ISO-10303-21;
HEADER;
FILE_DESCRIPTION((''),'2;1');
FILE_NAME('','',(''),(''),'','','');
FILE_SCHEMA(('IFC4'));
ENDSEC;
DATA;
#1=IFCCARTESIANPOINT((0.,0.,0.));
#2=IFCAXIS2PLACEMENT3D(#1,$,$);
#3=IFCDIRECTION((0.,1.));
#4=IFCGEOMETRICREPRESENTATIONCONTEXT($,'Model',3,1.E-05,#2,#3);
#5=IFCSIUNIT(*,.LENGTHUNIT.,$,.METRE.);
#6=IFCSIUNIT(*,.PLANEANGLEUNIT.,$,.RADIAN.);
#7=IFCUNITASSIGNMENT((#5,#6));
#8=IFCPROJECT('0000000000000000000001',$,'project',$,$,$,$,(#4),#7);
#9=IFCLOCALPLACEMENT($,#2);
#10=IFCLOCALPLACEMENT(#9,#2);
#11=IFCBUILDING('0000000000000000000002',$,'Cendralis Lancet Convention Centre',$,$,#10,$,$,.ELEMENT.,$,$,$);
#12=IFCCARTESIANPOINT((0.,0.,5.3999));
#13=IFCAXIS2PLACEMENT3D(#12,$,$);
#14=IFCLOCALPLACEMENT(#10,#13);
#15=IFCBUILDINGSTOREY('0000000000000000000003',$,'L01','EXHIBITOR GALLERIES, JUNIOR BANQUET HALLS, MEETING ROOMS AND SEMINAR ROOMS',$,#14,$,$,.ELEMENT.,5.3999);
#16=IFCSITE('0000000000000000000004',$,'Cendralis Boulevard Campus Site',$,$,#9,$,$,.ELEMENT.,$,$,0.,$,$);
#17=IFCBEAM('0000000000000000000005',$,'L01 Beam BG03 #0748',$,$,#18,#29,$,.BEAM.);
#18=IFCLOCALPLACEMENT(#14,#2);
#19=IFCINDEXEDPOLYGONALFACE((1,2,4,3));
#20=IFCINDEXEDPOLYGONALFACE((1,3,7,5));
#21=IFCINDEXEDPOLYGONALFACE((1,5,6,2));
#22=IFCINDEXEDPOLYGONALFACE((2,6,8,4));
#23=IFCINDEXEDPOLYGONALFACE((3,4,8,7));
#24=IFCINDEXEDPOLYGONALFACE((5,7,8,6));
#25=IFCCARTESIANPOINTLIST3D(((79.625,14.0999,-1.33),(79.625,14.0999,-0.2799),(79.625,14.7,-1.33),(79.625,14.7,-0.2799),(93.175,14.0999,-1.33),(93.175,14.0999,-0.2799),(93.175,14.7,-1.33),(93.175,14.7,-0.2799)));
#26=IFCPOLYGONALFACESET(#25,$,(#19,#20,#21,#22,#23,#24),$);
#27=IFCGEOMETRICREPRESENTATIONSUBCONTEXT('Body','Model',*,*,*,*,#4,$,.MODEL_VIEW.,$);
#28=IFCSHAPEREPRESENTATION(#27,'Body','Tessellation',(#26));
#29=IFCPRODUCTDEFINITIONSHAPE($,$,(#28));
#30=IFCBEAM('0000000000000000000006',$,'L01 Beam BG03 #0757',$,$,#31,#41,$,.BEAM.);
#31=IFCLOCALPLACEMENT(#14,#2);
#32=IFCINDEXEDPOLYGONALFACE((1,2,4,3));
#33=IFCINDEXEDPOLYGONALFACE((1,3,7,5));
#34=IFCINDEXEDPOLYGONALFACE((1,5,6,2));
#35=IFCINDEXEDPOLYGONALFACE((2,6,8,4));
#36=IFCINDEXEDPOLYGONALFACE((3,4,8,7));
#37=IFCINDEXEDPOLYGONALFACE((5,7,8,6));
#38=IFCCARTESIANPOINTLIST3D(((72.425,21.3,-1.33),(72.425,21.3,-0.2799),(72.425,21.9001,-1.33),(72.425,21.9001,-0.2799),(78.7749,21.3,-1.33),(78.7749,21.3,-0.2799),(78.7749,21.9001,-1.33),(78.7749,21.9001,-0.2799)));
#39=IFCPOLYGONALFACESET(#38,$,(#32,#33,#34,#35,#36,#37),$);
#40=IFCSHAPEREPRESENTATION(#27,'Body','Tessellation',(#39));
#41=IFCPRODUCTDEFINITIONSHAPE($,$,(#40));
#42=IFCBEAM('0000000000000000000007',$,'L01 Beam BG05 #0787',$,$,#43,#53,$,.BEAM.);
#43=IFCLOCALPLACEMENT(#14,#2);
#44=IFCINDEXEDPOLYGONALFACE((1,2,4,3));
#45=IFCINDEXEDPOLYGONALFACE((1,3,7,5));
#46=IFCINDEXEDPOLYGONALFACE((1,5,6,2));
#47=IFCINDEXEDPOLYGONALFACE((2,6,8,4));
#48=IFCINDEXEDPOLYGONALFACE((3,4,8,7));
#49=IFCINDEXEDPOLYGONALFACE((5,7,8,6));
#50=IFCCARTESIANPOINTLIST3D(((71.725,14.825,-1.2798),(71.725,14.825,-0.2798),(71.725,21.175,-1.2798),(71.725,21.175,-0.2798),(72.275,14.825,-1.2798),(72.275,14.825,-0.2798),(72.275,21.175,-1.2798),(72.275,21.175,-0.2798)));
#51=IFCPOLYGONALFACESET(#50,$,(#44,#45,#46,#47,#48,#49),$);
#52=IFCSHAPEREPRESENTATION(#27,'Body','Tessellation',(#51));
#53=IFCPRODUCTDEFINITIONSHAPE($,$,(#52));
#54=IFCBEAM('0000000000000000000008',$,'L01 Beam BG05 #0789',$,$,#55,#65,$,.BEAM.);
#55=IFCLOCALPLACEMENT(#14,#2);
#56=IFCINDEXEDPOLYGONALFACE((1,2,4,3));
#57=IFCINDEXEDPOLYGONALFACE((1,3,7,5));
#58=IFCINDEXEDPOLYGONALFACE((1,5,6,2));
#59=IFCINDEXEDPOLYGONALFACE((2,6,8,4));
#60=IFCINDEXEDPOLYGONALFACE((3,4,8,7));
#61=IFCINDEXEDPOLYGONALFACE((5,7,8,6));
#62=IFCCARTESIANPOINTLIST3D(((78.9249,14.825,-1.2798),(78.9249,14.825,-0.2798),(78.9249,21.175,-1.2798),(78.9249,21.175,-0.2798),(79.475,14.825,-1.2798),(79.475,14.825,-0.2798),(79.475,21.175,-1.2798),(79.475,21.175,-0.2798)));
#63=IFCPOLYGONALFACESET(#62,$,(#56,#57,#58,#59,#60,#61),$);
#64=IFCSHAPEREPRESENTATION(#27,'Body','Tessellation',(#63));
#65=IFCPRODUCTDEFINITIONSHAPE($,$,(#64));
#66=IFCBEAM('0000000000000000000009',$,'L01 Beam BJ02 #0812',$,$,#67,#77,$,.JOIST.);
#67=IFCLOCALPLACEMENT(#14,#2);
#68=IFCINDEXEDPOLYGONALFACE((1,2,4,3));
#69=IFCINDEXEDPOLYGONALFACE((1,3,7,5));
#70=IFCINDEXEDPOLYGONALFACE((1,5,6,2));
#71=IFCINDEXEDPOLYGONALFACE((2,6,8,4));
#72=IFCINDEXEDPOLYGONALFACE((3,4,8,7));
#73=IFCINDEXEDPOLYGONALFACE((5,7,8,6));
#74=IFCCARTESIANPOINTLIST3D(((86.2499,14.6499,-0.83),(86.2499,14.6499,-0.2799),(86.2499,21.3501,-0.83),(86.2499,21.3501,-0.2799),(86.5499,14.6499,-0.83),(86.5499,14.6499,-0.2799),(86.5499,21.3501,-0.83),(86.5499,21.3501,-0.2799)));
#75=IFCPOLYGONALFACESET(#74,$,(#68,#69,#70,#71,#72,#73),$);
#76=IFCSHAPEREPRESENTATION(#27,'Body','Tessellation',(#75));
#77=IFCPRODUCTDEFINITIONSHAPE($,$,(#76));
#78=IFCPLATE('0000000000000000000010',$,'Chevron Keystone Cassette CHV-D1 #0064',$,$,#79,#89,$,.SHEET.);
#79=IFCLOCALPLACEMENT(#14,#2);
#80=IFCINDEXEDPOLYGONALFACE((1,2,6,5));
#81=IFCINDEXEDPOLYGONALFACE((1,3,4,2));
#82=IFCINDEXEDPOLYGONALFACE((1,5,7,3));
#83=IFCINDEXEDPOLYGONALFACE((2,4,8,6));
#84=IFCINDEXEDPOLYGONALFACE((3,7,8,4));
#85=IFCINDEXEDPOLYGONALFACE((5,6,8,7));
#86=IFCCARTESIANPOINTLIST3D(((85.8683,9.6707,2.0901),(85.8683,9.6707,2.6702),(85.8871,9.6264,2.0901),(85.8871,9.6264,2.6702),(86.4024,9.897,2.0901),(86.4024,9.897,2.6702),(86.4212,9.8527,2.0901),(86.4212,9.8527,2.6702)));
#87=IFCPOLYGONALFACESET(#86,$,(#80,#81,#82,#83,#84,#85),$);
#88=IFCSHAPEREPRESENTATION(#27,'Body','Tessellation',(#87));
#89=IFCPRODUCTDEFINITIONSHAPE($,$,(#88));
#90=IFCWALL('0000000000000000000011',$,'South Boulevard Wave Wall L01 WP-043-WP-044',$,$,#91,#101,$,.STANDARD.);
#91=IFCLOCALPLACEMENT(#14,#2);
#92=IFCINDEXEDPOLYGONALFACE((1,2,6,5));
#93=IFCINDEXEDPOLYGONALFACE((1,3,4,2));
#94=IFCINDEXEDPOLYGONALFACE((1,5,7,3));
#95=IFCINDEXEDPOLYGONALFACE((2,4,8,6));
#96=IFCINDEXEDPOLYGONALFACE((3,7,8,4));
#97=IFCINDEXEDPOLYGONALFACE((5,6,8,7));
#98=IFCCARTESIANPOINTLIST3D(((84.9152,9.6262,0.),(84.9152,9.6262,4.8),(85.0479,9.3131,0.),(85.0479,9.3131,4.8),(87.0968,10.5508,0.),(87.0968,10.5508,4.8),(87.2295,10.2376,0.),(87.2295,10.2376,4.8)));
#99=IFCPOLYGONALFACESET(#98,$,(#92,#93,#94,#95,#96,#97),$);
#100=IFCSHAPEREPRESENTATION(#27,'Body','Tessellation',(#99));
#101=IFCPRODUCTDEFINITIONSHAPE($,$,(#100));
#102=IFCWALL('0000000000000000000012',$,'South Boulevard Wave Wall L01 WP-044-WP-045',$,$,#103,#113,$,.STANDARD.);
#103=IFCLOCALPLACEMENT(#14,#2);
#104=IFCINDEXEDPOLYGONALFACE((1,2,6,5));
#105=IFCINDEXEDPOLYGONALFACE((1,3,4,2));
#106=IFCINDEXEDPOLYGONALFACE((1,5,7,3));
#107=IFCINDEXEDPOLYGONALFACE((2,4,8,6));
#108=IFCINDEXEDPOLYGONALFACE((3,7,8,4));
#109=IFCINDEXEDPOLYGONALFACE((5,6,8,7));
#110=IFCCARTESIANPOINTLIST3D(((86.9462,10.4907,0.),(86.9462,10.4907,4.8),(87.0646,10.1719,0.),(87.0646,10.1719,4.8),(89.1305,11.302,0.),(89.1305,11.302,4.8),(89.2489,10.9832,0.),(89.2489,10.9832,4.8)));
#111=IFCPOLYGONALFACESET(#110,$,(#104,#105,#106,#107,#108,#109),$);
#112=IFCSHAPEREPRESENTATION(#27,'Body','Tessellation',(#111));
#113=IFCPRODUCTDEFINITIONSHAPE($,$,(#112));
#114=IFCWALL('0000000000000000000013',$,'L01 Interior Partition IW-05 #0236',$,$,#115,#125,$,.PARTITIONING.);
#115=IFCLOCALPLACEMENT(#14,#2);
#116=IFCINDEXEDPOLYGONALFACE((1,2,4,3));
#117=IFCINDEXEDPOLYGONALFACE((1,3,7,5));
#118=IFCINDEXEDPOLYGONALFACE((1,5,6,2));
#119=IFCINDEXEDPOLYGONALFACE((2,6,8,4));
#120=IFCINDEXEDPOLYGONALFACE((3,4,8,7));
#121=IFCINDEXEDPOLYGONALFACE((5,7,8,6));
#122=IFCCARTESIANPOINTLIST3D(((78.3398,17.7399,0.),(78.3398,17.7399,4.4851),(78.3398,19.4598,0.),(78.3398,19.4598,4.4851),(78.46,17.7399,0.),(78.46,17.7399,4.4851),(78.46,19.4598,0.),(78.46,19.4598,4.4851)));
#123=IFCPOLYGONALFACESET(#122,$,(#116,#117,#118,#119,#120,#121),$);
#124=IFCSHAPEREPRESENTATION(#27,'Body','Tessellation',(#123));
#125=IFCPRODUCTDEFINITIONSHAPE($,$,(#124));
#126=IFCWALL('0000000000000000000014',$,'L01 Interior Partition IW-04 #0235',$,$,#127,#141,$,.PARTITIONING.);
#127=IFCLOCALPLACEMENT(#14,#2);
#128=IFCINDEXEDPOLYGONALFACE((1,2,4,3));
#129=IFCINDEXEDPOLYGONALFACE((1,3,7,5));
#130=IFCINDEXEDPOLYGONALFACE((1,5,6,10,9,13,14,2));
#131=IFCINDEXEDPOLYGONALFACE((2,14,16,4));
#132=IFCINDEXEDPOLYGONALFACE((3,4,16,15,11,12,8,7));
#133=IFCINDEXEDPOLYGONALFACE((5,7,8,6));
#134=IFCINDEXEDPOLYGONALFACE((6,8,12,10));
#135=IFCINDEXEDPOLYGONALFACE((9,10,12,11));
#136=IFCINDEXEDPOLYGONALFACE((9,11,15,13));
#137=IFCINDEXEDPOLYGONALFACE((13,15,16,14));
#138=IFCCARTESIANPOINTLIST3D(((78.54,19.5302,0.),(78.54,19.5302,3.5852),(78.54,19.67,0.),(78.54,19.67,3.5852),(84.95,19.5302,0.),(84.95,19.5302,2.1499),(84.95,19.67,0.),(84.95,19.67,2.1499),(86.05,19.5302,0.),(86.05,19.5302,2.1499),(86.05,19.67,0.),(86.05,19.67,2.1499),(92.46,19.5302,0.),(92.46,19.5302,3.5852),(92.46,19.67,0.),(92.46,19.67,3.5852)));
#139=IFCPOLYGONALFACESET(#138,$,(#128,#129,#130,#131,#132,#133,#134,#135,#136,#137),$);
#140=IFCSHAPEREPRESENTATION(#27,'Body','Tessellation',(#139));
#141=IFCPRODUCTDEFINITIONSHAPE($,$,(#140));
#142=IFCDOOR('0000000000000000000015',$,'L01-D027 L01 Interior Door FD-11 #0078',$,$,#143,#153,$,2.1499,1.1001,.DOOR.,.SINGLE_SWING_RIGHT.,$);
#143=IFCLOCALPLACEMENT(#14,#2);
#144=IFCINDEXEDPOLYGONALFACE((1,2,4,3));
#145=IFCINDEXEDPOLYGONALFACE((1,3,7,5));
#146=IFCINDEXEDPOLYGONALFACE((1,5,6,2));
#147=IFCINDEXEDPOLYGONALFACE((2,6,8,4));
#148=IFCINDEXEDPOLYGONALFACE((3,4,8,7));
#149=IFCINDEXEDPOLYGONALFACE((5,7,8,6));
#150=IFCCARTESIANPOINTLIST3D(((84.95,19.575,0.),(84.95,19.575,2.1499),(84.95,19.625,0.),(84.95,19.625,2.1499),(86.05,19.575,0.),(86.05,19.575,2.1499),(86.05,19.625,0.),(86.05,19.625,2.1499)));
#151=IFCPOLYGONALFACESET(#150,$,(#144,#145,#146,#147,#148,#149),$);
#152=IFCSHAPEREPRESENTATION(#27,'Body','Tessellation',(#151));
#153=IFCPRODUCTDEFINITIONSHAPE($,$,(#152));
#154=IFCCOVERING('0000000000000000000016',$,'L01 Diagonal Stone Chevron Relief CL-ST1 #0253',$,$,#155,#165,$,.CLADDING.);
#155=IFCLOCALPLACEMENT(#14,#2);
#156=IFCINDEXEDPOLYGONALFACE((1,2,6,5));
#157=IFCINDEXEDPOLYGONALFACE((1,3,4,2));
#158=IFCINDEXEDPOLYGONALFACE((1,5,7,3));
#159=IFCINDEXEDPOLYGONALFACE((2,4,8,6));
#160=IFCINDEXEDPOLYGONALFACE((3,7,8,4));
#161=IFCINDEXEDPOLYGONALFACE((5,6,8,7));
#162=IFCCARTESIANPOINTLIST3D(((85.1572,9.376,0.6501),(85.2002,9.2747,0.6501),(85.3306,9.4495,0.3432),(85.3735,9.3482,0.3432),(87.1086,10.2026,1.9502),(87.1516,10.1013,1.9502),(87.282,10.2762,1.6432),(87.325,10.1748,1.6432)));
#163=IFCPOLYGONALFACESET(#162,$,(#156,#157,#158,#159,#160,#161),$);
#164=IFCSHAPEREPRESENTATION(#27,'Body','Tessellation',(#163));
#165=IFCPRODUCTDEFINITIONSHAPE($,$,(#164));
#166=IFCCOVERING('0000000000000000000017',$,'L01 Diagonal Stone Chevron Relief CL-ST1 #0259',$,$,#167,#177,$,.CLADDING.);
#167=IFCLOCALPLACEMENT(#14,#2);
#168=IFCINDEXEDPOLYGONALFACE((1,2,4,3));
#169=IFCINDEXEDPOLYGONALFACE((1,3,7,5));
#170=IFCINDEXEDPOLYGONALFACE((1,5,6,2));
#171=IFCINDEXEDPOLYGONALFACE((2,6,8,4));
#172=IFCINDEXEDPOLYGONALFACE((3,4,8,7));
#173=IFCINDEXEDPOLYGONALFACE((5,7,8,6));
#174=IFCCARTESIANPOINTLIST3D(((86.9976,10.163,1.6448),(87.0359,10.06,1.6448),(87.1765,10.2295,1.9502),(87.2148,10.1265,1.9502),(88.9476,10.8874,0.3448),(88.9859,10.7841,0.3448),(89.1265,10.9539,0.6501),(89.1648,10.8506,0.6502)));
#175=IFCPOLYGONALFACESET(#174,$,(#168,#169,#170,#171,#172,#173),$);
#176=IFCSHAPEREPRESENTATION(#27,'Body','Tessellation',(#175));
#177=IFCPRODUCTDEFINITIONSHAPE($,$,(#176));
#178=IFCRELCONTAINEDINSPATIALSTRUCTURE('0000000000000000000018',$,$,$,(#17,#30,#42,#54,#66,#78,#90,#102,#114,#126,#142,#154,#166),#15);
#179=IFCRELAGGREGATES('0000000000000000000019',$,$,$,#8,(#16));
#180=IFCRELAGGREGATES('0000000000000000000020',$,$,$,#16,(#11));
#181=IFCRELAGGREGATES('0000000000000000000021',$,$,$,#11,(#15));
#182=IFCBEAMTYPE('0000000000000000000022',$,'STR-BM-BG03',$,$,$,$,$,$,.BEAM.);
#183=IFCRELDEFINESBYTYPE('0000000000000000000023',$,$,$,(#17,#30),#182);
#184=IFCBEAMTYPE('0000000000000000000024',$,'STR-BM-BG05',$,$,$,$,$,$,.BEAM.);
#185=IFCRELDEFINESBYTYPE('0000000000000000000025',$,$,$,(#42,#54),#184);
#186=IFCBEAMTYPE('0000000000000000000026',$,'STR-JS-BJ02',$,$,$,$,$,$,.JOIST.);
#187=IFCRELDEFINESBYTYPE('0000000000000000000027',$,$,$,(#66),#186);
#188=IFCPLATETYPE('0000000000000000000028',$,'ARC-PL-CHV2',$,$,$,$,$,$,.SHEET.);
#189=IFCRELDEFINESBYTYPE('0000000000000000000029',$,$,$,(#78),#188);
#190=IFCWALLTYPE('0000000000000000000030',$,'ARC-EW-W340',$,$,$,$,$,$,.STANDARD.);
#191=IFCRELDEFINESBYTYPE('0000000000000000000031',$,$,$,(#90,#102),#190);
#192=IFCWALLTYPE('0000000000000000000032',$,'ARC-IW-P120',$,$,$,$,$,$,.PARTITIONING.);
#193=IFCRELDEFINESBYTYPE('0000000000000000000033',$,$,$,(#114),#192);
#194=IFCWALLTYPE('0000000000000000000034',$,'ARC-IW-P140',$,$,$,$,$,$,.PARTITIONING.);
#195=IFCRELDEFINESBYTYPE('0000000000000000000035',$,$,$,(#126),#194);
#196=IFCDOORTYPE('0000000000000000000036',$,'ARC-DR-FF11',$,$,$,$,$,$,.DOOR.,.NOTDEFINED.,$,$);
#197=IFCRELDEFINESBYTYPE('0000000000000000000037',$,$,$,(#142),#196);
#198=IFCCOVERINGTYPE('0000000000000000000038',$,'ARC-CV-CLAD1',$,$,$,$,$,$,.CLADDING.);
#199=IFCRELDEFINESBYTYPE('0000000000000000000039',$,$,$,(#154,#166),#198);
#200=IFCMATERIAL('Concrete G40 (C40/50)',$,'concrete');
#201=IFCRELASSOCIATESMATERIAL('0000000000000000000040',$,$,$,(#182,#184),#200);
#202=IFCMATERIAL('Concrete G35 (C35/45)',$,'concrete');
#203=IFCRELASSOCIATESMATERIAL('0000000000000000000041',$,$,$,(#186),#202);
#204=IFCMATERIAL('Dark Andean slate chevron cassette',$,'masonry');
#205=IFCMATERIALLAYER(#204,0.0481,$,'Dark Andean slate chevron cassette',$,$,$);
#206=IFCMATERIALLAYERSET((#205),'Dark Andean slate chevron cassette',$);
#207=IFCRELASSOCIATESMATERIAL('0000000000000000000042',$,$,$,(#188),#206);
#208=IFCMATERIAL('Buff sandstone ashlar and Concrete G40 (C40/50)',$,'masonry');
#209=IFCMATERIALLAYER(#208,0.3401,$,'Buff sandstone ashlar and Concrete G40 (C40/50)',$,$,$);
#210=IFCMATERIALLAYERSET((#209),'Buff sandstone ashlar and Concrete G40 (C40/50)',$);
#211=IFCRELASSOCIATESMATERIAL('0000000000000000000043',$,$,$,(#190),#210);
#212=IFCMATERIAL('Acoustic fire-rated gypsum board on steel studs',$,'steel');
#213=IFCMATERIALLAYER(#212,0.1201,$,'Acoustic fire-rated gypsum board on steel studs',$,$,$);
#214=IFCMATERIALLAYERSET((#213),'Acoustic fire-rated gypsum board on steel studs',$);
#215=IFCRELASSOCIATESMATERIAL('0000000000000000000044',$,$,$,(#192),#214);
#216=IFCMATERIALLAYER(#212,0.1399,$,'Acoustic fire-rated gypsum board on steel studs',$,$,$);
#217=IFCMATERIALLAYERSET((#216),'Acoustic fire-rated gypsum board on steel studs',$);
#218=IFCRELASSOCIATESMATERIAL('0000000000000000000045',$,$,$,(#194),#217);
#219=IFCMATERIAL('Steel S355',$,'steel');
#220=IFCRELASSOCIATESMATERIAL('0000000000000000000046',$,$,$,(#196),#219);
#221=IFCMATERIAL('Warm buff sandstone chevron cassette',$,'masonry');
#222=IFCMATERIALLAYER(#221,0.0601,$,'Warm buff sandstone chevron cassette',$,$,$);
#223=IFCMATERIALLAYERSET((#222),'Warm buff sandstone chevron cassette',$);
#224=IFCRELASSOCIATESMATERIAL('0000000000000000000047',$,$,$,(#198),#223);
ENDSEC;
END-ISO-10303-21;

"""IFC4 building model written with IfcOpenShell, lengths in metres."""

from ifc_helpers import new_model, si_unit, direction, frame, frame_2d, origin, origin_2d, place, context, subcontext, project, spatial, polyline, rectangle, outline, extrude, material, layer, layer_set, material_profile, profile_set, type_object, element, fill, save


model = new_model("IFC4")

# Units and contexts
model_context = context("Model", 3, precision=1e-05, world=origin(), true_north=direction((0.0, 1.0)))
body_context = subcontext(model_context, "Body", "Model", "MODEL_VIEW")
ifc_project = project(units=[si_unit("LENGTHUNIT", "METRE"), si_unit("PLANEANGLEUNIT", "RADIAN")], contexts=[model_context])

# Site, building, storey
site_placement = place(None, origin())
site = spatial("IfcSite", under=ifc_project, at=site_placement, Name="Cendralis Boulevard Campus Site", CompositionType="ELEMENT", RefElevation=0.0)
building_placement = place(site_placement, origin())
building = spatial("IfcBuilding", under=site, at=building_placement, Name="Cendralis Lancet Convention Centre", CompositionType="ELEMENT")
storey_placement = place(building_placement, frame((0.0, 0.0, 5.3999)))
storey = spatial("IfcBuildingStorey", under=building, at=storey_placement, Name="L01", Description="EXHIBITOR GALLERIES, JUNIOR BANQUET HALLS, MEETING ROOMS AND SEMINAR ROOMS", CompositionType="ELEMENT", Elevation=5.3999)

# Shared definitions
ifc_material_1 = material(Name="Steel S355", Category="steel")

# Beams
ifc_material_2 = material(Name="Concrete G40 (C40/50)", Category="concrete")
ifc_material_profile_1 = material_profile(ifc_material_2, rectangle(XDim=0.6001, YDim=1.05, at=origin_2d()), Name="RCB 600x1050")
ifc_profile_set_1 = profile_set([ifc_material_profile_1], Name="Concrete G40 (C40/50)")
beam_type_1 = type_object("IfcBeamType", Name="STR-BM-BG03", PredefinedType="BEAM", material=ifc_profile_set_1)
beam_1_placement = place(storey_placement, frame((79.625, 14.3999, -0.8049), z_axis=(1.0, 0.0, 0.0), x_axis=(0.0, 1.0, 0.0)))
element("IfcBeam", 1, at=beam_1_placement, inside=storey, type_object=beam_type_1, Name="L01 Beam BG03 #0748", PredefinedType="BEAM", context=body_context, shape_type="SweptSolid", body=[
    extrude(rectangle(XDim=0.6001, YDim=1.05, at=origin_2d()), origin(), (0.0, 0.0, 1.0), 13.55),
])
beam_2_placement = place(storey_placement, frame((72.425, 21.6001, -0.8049), z_axis=(1.0, 0.0, 0.0), x_axis=(0.0, 1.0, 0.0)))
element("IfcBeam", 2, at=beam_2_placement, inside=storey, type_object=beam_type_1, Name="L01 Beam BG03 #0757", PredefinedType="BEAM", context=body_context, shape_type="SweptSolid", body=[
    extrude(rectangle(XDim=0.6001, YDim=1.05, at=origin_2d()), origin(), (0.0, 0.0, 1.0), 6.3499),
])
ifc_material_profile_2 = material_profile(ifc_material_2, rectangle(XDim=0.55, YDim=1.0, at=origin_2d()), Name="RCB 550x1000")
ifc_profile_set_2 = profile_set([ifc_material_profile_2], Name="Concrete G40 (C40/50)")
beam_type_2 = type_object("IfcBeamType", Name="STR-BM-BG05", PredefinedType="BEAM", material=ifc_profile_set_2)
for number, where, z_axis, x_axis, name in (
    (3, (72.0, 14.825, -0.7798), (0.0, 1.0, 0.0), (-1.0, 0.0, 0.0), "L01 Beam BG05 #0787"),
    (4, (79.2, 14.825, -0.7798), (0.0, 1.0, 0.0), (-1.0, 0.0, 0.0), "L01 Beam BG05 #0789"),
):
    element("IfcBeam", number, at=place(storey_placement, frame(where, z_axis=z_axis, x_axis=x_axis)), inside=storey, type_object=beam_type_2, Name=name, PredefinedType="BEAM", context=body_context, shape_type="SweptSolid", body=[
        extrude(rectangle(XDim=0.55, YDim=1.0, at=origin_2d()), origin(), (0.0, 0.0, 1.0), 6.3501),
    ])
ifc_material_3 = material(Name="Concrete G35 (C35/45)", Category="concrete")
ifc_material_profile_3 = material_profile(ifc_material_3, rectangle(XDim=0.3, YDim=0.55, at=origin_2d()), Name="RCB 300x550")
ifc_profile_set_3 = profile_set([ifc_material_profile_3], Name="Concrete G35 (C35/45)")
beam_type_3 = type_object("IfcBeamType", Name="STR-JS-BJ02", PredefinedType="JOIST", material=ifc_profile_set_3)
beam_3_placement = place(storey_placement, frame((86.3999, 14.6499, -0.5549), z_axis=(0.0, 1.0, 0.0), x_axis=(-1.0, 0.0, 0.0)))
element("IfcBeam", 5, at=beam_3_placement, inside=storey, type_object=beam_type_3, Name="L01 Beam BJ02 #0812", PredefinedType="JOIST", context=body_context, shape_type="SweptSolid", body=[
    extrude(rectangle(XDim=0.3, YDim=0.55, at=origin_2d()), origin(), (0.0, 0.0, 1.0), 6.7002),
])

# Plate
ifc_material_4 = material(Name="Dark Andean slate chevron cassette", Category="masonry")
ifc_layer_1 = layer(ifc_material_4, 0.0481, Name="Dark Andean slate chevron cassette")
ifc_layer_set_1 = layer_set([ifc_layer_1], Name="Dark Andean slate chevron cassette")
plate_type = type_object("IfcPlateType", Name="ARC-PL-CHV2", PredefinedType="SHEET", material=ifc_layer_set_1)
plate_placement = place(storey_placement, frame((86.1448, 9.7617, 2.0901), z_axis=(0.0, 0.0, 1.0), x_axis=(0.920757, 0.390137, 0.0)))
element("IfcPlate", 6, at=plate_placement, inside=storey, type_object=plate_type, Name="Chevron Keystone Cassette CHV-D1 #0064", PredefinedType="SHEET", context=body_context, shape_type="SweptSolid", body=[
    extrude(rectangle(XDim=0.5801, YDim=0.0481, at=origin_2d()), origin(), (0.0, 0.0, 1.0), 0.5801),
])

# Walls
ifc_material_5 = material(Name="Buff sandstone ashlar and Concrete G40 (C40/50)", Category="masonry")
ifc_layer_2 = layer(ifc_material_5, 0.3401, Name="Buff sandstone ashlar and Concrete G40 (C40/50)")
ifc_layer_set_2 = layer_set([ifc_layer_2], Name="Buff sandstone ashlar and Concrete G40 (C40/50)")
wall_type_1 = type_object("IfcWallType", Name="ARC-EW-W340", PredefinedType="STANDARD", material=ifc_layer_set_2)
wall_1_placement = place(storey_placement, frame((84.9817, 9.4697, 0.0), z_axis=(0.0, 0.0, 1.0), x_axis=(0.920731, 0.390198, 0.0)))
element("IfcWall", 7, at=wall_1_placement, inside=storey, type_object=wall_type_1, Name="South Boulevard Wave Wall L01 WP-043-WP-044", PredefinedType="STANDARD", context=body_context, shape_type="SweptSolid", body=[
    extrude(rectangle(XDim=2.3694, YDim=0.3401, at=frame_2d((1.1846, 0.0))), origin(), (0.0, 0.0, 1.0), 4.8),
])
wall_2_placement = place(storey_placement, frame((87.0054, 10.3313, 0.0), z_axis=(0.0, 0.0, 1.0), x_axis=(0.937431, 0.348171, 0.0)))
element("IfcWall", 8, at=wall_2_placement, inside=storey, type_object=wall_type_1, Name="South Boulevard Wave Wall L01 WP-044-WP-045", PredefinedType="STANDARD", context=body_context, shape_type="SweptSolid", body=[
    extrude(rectangle(XDim=2.3301, YDim=0.3401, at=frame_2d((1.165, 0.0))), origin(), (0.0, 0.0, 1.0), 4.8),
])
ifc_material_6 = material(Name="Acoustic fire-rated gypsum board on steel studs", Category="steel")
ifc_layer_3 = layer(ifc_material_6, 0.1201, Name="Acoustic fire-rated gypsum board on steel studs")
ifc_layer_set_3 = layer_set([ifc_layer_3], Name="Acoustic fire-rated gypsum board on steel studs")
wall_type_2 = type_object("IfcWallType", Name="ARC-IW-P120", PredefinedType="PARTITIONING", material=ifc_layer_set_3)
wall_3_placement = place(storey_placement, frame((78.3999, 17.74, 0.0), z_axis=(0.0, 0.0, 1.0), x_axis=(0.0, 1.0, 0.0)))
element("IfcWall", 9, at=wall_3_placement, inside=storey, type_object=wall_type_2, Name="L01 Interior Partition IW-05 #0236", PredefinedType="PARTITIONING", context=body_context, shape_type="SweptSolid", body=[
    extrude(rectangle(XDim=1.72, YDim=0.1201, at=frame_2d((0.8599, 0.0))), origin(), (0.0, 0.0, 1.0), 4.4851),
])

# Wall, opening, door
ifc_layer_4 = layer(ifc_material_6, 0.1399, Name="Acoustic fire-rated gypsum board on steel studs")
ifc_layer_set_4 = layer_set([ifc_layer_4], Name="Acoustic fire-rated gypsum board on steel studs")
wall_type_3 = type_object("IfcWallType", Name="ARC-IW-P140", PredefinedType="PARTITIONING", material=ifc_layer_set_4)
wall_4_placement = place(storey_placement, frame((78.54, 19.6001, 0.0), z_axis=(0.0, 0.0, 1.0), x_axis=(1.0, 0.0, 0.0)))
wall_4 = element("IfcWall", 10, at=wall_4_placement, inside=storey, type_object=wall_type_3, Name="L01 Interior Partition IW-04 #0235", PredefinedType="PARTITIONING", context=body_context, shape_type="SweptSolid", body=[
    extrude(rectangle(XDim=13.9199, YDim=0.1399, at=frame_2d((6.96, 0.0))), origin(), (0.0, 0.0, 1.0), 3.5852),
])
opening_placement = place(wall_4_placement, frame((6.4099, 0.0, 0.0)))
opening = element("IfcOpeningElement", 11, at=opening_placement, cuts=wall_4, PredefinedType="OPENING", context=body_context, shape_type="SweptSolid", body=[
    extrude(rectangle(XDim=1.1001, YDim=2.1499, at=frame_2d((0.55, 1.075))), frame((0.0, 0.0798, 0.0), z_axis=(0.0, -1.0, 0.0), x_axis=(1.0, 0.0, 0.0)), (0.0, 0.0, 1.0), 0.1599),
])
door_type = type_object("IfcDoorType", Name="ARC-DR-FF11", OperationType="NOTDEFINED", PredefinedType="DOOR", material=ifc_material_1)
door_placement = place(opening_placement, origin())
door = element("IfcDoor", 12, at=door_placement, inside=storey, type_object=door_type, Name="L01-D027 L01 Interior Door FD-11 #0078", OperationType="SINGLE_SWING_RIGHT", OverallHeight=2.1499, OverallWidth=1.1001, PredefinedType="DOOR", context=body_context, shape_type="SweptSolid", body=[
    extrude(rectangle(XDim=1.1001, YDim=2.1499, at=frame_2d((0.55, 1.075))), frame((0.0, 0.0249, 0.0), z_axis=(0.0, -1.0, 0.0), x_axis=(1.0, 0.0, 0.0)), (0.0, 0.0, 1.0), 0.05),
])
fill(opening, door)

# Coverings
ifc_material_7 = material(Name="Warm buff sandstone chevron cassette", Category="masonry")
ifc_layer_5 = layer(ifc_material_7, 0.0601, Name="Warm buff sandstone chevron cassette")
ifc_layer_set_5 = layer_set([ifc_layer_5], Name="Warm buff sandstone chevron cassette")
covering_type_1 = type_object("IfcCoveringType", Name="ARC-CV-CLAD1", PredefinedType="CLADDING", material=ifc_layer_set_5)
covering_1_placement = place(storey_placement, frame((85.2002, 9.2747, 0.6501), z_axis=(-0.48139, -0.204156, 0.852399), x_axis=(0.784878, 0.332491, 0.522892)))
element("IfcCovering", 13, at=covering_1_placement, inside=storey, type_object=covering_type_1, Name="L01 Diagonal Stone Chevron Relief CL-ST1 #0253", PredefinedType="CLADDING", context=body_context, shape_type="SweptSolid", body=[
    extrude(outline(polyline([(0.0, 0.0), (2.4863, 0.0), (2.4862, 0.1101), (0.0, 0.1101), (0.0, 0.0)])), origin(), (0.0, 0.0, -1.0), 0.3601),
])
covering_2_placement = place(storey_placement, frame((87.2148, 10.1265, 1.9502), z_axis=(0.496802, 0.184611, 0.848001), x_axis=(0.794957, 0.29521, -0.529994)))
element("IfcCovering", 14, at=covering_2_placement, inside=storey, type_object=covering_type_1, Name="L01 Diagonal Stone Chevron Relief CL-ST1 #0259", PredefinedType="CLADDING", context=body_context, shape_type="SweptSolid", body=[
    extrude(outline(polyline([(0.0, 0.0), (2.4529, 0.0), (2.4529, 0.1102), (-0.0001, 0.1099), (0.0, 0.0)])), origin(), (0.0, 0.0, -1.0), 0.3601),
])

save(model, "model.ifc")
